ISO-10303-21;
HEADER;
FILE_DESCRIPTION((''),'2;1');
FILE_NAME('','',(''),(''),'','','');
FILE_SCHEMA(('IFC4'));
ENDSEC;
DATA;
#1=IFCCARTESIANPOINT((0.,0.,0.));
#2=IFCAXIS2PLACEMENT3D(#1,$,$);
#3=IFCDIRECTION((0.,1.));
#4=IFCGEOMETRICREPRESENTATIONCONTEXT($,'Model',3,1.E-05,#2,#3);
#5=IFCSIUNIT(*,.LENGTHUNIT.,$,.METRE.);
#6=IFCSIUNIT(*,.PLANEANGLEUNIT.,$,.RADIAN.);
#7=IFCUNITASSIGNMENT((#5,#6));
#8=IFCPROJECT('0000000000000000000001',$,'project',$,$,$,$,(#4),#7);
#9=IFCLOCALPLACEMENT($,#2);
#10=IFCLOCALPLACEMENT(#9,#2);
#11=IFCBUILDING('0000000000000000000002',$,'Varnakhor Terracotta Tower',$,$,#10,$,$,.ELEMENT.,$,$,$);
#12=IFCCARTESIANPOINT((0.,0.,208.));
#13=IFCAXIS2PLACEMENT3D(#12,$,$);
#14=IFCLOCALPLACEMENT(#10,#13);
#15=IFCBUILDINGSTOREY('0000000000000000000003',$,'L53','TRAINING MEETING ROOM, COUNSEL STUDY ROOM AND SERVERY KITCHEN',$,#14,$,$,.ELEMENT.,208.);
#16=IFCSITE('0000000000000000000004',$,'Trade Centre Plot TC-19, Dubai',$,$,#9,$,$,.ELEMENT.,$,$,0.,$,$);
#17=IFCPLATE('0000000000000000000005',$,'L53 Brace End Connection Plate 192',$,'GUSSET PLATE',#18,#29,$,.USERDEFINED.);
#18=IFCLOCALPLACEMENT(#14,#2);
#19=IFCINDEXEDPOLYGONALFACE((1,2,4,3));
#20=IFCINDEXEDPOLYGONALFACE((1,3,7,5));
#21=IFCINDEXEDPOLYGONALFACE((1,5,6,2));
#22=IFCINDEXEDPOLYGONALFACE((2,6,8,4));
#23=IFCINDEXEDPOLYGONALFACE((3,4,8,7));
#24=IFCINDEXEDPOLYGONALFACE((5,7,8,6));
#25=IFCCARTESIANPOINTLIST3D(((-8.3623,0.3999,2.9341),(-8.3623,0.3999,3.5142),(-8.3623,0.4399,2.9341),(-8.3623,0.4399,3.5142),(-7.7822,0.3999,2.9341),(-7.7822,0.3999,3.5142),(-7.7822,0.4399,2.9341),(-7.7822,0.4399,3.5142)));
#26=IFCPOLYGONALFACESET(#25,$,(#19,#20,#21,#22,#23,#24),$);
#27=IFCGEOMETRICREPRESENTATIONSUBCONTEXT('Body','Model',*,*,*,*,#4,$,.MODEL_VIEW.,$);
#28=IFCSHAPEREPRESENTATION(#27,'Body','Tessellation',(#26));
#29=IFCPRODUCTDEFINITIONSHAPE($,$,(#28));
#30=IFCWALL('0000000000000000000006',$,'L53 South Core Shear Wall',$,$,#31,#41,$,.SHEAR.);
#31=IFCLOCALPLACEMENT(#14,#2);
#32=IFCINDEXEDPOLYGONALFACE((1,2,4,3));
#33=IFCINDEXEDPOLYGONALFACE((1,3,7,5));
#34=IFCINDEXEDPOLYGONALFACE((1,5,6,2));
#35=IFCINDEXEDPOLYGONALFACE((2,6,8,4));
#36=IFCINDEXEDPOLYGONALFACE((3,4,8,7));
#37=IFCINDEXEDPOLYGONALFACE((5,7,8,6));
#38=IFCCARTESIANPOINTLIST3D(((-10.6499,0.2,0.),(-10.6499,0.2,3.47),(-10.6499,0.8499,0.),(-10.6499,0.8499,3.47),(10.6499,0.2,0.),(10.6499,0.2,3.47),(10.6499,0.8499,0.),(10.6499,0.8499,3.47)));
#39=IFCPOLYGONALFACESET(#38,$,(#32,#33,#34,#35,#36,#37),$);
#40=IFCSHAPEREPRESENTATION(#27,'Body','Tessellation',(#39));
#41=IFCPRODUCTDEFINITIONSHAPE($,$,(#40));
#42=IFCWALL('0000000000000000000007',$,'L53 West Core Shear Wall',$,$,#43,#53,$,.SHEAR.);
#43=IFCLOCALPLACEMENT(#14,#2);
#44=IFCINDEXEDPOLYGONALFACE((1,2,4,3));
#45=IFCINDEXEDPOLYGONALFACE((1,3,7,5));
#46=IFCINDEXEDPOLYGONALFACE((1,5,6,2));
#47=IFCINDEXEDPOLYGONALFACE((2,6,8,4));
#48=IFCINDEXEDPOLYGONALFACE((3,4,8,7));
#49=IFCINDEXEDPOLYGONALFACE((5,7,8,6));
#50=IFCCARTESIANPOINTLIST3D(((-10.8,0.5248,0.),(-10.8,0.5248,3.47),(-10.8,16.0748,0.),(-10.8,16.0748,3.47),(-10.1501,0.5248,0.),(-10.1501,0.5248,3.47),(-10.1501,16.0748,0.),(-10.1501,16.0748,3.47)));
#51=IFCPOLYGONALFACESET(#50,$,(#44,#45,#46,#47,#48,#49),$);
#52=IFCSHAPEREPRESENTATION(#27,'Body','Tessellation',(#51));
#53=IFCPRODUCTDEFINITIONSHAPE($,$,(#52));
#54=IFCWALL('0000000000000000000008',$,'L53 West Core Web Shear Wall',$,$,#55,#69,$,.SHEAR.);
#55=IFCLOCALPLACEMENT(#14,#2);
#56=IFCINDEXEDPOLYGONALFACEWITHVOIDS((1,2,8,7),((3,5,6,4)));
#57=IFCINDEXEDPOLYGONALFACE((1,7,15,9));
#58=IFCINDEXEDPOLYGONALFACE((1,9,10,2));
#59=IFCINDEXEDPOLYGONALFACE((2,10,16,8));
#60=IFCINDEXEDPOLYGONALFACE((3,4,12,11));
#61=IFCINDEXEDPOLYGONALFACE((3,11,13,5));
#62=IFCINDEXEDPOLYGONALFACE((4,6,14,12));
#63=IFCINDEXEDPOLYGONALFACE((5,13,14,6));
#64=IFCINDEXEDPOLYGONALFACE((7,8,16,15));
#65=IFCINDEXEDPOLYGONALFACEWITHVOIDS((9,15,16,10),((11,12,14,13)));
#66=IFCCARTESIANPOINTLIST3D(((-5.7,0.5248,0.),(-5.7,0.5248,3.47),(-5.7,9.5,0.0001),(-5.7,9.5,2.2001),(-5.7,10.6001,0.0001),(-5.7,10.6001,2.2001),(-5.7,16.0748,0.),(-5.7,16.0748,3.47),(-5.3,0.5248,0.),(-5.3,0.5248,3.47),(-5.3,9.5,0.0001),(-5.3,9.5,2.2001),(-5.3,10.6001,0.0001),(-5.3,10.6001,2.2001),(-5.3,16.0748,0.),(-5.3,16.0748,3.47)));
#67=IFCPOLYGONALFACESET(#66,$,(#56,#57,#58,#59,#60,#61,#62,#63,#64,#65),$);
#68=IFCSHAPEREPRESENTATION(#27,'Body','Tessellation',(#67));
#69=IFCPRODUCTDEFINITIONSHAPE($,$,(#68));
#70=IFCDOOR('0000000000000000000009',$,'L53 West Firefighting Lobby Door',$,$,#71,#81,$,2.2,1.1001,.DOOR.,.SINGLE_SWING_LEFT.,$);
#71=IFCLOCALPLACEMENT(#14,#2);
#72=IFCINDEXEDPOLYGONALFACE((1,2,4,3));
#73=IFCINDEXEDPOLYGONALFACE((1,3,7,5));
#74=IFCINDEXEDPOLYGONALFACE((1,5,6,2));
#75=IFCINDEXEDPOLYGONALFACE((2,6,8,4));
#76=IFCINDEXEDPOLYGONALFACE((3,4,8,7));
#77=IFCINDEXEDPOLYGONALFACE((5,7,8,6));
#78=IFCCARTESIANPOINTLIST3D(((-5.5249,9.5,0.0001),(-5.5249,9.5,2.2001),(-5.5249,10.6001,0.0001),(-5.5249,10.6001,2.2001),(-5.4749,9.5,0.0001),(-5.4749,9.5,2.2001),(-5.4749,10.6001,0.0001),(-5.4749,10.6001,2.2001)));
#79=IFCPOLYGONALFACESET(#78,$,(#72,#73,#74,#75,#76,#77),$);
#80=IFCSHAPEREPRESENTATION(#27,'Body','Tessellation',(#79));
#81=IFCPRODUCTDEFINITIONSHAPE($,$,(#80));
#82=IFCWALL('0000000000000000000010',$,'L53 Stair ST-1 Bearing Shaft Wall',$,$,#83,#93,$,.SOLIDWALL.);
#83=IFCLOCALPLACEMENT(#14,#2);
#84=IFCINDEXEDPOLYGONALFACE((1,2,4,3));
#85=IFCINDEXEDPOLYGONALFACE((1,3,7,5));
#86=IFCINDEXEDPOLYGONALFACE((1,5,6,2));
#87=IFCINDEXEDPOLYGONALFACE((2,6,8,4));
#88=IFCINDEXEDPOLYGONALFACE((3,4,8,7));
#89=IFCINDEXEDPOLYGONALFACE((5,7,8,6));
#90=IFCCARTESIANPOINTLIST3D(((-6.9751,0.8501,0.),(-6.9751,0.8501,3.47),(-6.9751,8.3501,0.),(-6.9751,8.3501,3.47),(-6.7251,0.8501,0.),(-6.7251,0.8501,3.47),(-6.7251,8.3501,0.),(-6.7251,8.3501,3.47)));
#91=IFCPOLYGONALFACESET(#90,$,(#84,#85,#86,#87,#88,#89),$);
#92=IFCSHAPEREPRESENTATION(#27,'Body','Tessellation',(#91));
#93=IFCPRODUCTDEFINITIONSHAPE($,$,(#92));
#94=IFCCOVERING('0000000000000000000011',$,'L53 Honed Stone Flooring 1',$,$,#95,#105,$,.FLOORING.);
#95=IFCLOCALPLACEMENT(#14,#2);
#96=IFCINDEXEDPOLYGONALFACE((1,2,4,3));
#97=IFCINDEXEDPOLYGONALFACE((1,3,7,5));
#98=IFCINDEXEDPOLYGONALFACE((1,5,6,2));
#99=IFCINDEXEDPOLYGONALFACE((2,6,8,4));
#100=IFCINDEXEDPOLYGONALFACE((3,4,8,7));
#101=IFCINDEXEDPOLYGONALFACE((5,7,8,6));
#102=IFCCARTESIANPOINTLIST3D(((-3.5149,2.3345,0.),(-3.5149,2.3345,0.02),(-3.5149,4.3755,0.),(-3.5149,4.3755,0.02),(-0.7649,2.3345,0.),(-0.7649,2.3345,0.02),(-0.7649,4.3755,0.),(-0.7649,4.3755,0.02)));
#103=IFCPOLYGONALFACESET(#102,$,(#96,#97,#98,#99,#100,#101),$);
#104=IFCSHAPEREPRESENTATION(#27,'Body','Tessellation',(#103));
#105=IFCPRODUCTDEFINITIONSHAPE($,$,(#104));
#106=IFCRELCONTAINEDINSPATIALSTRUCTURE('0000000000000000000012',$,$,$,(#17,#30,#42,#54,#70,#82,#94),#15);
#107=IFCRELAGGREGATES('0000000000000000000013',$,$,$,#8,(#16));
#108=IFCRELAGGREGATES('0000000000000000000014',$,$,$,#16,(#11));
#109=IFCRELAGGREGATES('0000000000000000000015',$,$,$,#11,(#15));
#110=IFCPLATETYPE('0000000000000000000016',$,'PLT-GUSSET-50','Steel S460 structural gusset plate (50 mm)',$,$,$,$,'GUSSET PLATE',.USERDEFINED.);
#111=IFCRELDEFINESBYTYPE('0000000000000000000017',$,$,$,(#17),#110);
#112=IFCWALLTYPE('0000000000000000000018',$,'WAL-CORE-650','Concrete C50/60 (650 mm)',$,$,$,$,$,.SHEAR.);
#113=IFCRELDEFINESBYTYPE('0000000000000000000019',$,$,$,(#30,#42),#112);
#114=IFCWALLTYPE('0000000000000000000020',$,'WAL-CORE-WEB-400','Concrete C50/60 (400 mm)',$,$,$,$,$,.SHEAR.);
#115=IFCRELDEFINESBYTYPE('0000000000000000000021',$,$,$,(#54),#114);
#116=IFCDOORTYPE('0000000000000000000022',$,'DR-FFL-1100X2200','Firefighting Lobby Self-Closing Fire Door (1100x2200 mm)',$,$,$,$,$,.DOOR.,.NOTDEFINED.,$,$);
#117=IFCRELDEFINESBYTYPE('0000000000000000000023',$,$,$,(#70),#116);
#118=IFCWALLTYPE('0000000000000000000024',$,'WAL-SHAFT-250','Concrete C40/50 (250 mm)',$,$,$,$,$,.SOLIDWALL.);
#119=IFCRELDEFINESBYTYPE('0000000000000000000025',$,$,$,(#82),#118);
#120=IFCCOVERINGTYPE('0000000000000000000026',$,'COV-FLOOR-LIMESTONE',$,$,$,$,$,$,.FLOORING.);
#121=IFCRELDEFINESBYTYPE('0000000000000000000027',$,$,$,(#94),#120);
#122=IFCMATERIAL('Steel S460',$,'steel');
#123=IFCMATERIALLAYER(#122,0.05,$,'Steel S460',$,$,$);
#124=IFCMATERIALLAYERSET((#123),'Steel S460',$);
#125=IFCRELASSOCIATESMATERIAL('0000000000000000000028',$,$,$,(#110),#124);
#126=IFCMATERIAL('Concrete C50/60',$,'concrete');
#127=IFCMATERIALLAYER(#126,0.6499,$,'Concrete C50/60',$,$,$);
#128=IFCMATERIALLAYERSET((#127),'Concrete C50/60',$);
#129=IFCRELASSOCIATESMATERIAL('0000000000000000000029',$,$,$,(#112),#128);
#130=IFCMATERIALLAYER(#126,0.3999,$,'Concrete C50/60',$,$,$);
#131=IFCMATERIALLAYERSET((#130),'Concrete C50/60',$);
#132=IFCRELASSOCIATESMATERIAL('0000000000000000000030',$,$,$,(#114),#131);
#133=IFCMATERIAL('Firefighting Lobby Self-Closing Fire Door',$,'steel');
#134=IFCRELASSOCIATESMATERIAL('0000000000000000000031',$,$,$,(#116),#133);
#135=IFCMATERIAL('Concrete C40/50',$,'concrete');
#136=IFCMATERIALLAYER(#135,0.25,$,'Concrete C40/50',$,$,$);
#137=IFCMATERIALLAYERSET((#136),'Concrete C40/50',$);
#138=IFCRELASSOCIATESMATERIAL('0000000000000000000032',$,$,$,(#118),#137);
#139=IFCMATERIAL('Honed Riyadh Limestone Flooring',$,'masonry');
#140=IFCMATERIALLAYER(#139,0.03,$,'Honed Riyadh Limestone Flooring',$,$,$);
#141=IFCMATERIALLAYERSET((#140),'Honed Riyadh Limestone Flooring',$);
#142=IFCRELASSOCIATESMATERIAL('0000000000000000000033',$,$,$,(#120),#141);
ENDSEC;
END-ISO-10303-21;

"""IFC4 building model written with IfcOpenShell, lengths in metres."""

from ifc_helpers import new_model, si_unit, direction, frame, frame_2d, origin, origin_2d, place, context, subcontext, project, spatial, rectangle, extrude, source, transform, mapped, material, layer, layer_set, type_object, type_shapes, element, fill, save


model = new_model("IFC4")

# Units and contexts
model_context = context("Model", 3, precision=1e-05, world=origin(), true_north=direction((0.0, 1.0)))
body_context = subcontext(model_context, "Body", "Model", "MODEL_VIEW")
ifc_project = project(units=[si_unit("LENGTHUNIT", "METRE"), si_unit("PLANEANGLEUNIT", "RADIAN")], contexts=[model_context])

# Site, building, storey
site_placement = place(None, origin())
site = spatial("IfcSite", under=ifc_project, at=site_placement, Name="Trade Centre Plot TC-19, Dubai", CompositionType="ELEMENT", RefElevation=0.0)
building_placement = place(site_placement, origin())
building = spatial("IfcBuilding", under=site, at=building_placement, Name="Varnakhor Terracotta Tower", CompositionType="ELEMENT")
storey_placement = place(building_placement, frame((0.0, 0.0, 208.0)))
storey = spatial("IfcBuildingStorey", under=building, at=storey_placement, Name="L53", Description="TRAINING MEETING ROOM, COUNSEL STUDY ROOM AND SERVERY KITCHEN", CompositionType="ELEMENT", Elevation=208.0)

# Shared definitions
ifc_material_1 = material(Name="Concrete C50/60", Category="concrete")

# Shared definitions
ifc_material_2 = material(Name="Steel S460", Category="steel")

# Plate
ifc_layer_1 = layer(ifc_material_2, 0.05, Name="Steel S460")
ifc_layer_set_1 = layer_set([ifc_layer_1], Name="Steel S460")
plate_type = type_object("IfcPlateType", Name="PLT-GUSSET-50", Description="Steel S460 structural gusset plate (50 mm)", ElementType="GUSSET PLATE", PredefinedType="USERDEFINED", material=ifc_layer_set_1)
shared_shape_1 = source(origin(), body_context, "Body", "SweptSolid", [
    extrude(rectangle(XDim=0.5801, YDim=0.04, at=origin_2d()), origin(), (0.0, 0.0, 1.0), 0.5801),
])
plate_placement = place(storey_placement, frame((-8.0723, 0.4199, 2.9341), z_axis=(0.0, 0.0, 1.0), x_axis=(1.0, 0.0, 0.0)))
element("IfcPlate", 1, at=plate_placement, inside=storey, type_object=plate_type, Name="L53 Brace End Connection Plate 192", ObjectType="GUSSET PLATE", PredefinedType="USERDEFINED", context=body_context, shape_type="MappedRepresentation", body=[
    mapped(shared_shape_1, transform((0.0, 0.0, 0.0), scale=1.0)),
])

# Walls
ifc_layer_2 = layer(ifc_material_1, 0.6499, Name="Concrete C50/60")
ifc_layer_set_2 = layer_set([ifc_layer_2], Name="Concrete C50/60")
wall_type_1 = type_object("IfcWallType", Name="WAL-CORE-650", Description="Concrete C50/60 (650 mm)", PredefinedType="SHEAR", material=ifc_layer_set_2)
wall_1_placement = place(storey_placement, frame((-10.6499, 0.5249, 0.0), z_axis=(0.0, 0.0, 1.0), x_axis=(1.0, 0.0, 0.0)))
element("IfcWall", 2, at=wall_1_placement, inside=storey, type_object=wall_type_1, Name="L53 South Core Shear Wall", PredefinedType="SHEAR", context=body_context, shape_type="SweptSolid", body=[
    extrude(rectangle(XDim=21.2998, YDim=0.6499, at=frame_2d((10.6499, 0.0))), origin(), (0.0, 0.0, 1.0), 3.47),
])
wall_2_placement = place(storey_placement, frame((-10.4751, 0.5249, 0.0), z_axis=(0.0, 0.0, 1.0), x_axis=(0.0, 1.0, 0.0)))
element("IfcWall", 3, at=wall_2_placement, inside=storey, type_object=wall_type_1, Name="L53 West Core Shear Wall", PredefinedType="SHEAR", context=body_context, shape_type="SweptSolid", body=[
    extrude(rectangle(XDim=15.55, YDim=0.6499, at=frame_2d((7.7749, 0.0))), origin(), (0.0, 0.0, 1.0), 3.47),
])

# Wall, opening, door
ifc_layer_3 = layer(ifc_material_1, 0.3999, Name="Concrete C50/60")
ifc_layer_set_3 = layer_set([ifc_layer_3], Name="Concrete C50/60")
wall_type_2 = type_object("IfcWallType", Name="WAL-CORE-WEB-400", Description="Concrete C50/60 (400 mm)", PredefinedType="SHEAR", material=ifc_layer_set_3)
wall_3_placement = place(storey_placement, frame((-5.5, 0.5249, 0.0), z_axis=(0.0, 0.0, 1.0), x_axis=(0.0, 1.0, 0.0)))
wall_3 = element("IfcWall", 4, at=wall_3_placement, inside=storey, type_object=wall_type_2, Name="L53 West Core Web Shear Wall", PredefinedType="SHEAR", context=body_context, shape_type="SweptSolid", body=[
    extrude(rectangle(XDim=15.55, YDim=0.3999, at=frame_2d((7.7749, 0.0))), origin(), (0.0, 0.0, 1.0), 3.47),
])
opening_placement = place(wall_3_placement, frame((8.9751, 0.0, 0.0)))
opening = element("IfcOpeningElement", 5, at=opening_placement, cuts=wall_3, PredefinedType="OPENING", context=body_context, shape_type="SweptSolid", body=[
    extrude(rectangle(XDim=1.1001, YDim=2.2, at=frame_2d((0.55, 1.1001))), frame((0.0, 0.21, 0.0), z_axis=(0.0, -1.0, 0.0), x_axis=(1.0, 0.0, 0.0)), (0.0, 0.0, 1.0), 0.4199),
])
ifc_material_3 = material(Name="Firefighting Lobby Self-Closing Fire Door", Category="steel")
door_type = type_object("IfcDoorType", Name="DR-FFL-1100X2200", Description="Firefighting Lobby Self-Closing Fire Door (1100x2200 mm)", OperationType="NOTDEFINED", PredefinedType="DOOR", material=ifc_material_3)
shared_shape_2 = source(origin(), body_context, "Body", "SweptSolid", [
    extrude(rectangle(XDim=1.1001, YDim=2.2, at=frame_2d((0.55, 1.1001))), frame((0.0, 0.0249, 0.0), z_axis=(0.0, -1.0, 0.0), x_axis=(1.0, 0.0, 0.0)), (0.0, 0.0, 1.0), 0.05),
])
type_shapes(door_type, [shared_shape_2])
door_placement = place(opening_placement, origin())
door = element("IfcDoor", 6, at=door_placement, inside=storey, type_object=door_type, Name="L53 West Firefighting Lobby Door", OperationType="SINGLE_SWING_LEFT", OverallHeight=2.2, OverallWidth=1.1001, PredefinedType="DOOR", context=body_context, shape_type="MappedRepresentation", body=[
    mapped(shared_shape_2, transform((0.0, 0.0, 0.0), scale=1.0)),
])
fill(opening, door)

# Wall
ifc_material_4 = material(Name="Concrete C40/50", Category="concrete")
ifc_layer_4 = layer(ifc_material_4, 0.25, Name="Concrete C40/50")
ifc_layer_set_4 = layer_set([ifc_layer_4], Name="Concrete C40/50")
wall_type_3 = type_object("IfcWallType", Name="WAL-SHAFT-250", Description="Concrete C40/50 (250 mm)", PredefinedType="SOLIDWALL", material=ifc_layer_set_4)
wall_4_placement = place(storey_placement, frame((-6.8501, 0.8501, 0.0), z_axis=(0.0, 0.0, 1.0), x_axis=(0.0, 1.0, 0.0)))
element("IfcWall", 7, at=wall_4_placement, inside=storey, type_object=wall_type_3, Name="L53 Stair ST-1 Bearing Shaft Wall", PredefinedType="SOLIDWALL", context=body_context, shape_type="SweptSolid", body=[
    extrude(rectangle(XDim=7.5, YDim=0.25, at=frame_2d((3.75, 0.0))), origin(), (0.0, 0.0, 1.0), 3.47),
])

# Covering
ifc_material_5 = material(Name="Honed Riyadh Limestone Flooring", Category="masonry")
ifc_layer_5 = layer(ifc_material_5, 0.03, Name="Honed Riyadh Limestone Flooring")
ifc_layer_set_5 = layer_set([ifc_layer_5], Name="Honed Riyadh Limestone Flooring")
covering_type = type_object("IfcCoveringType", Name="COV-FLOOR-LIMESTONE", PredefinedType="FLOORING", material=ifc_layer_set_5)
shared_shape_3 = source(origin(), body_context, "Body", "SweptSolid", [
    extrude(rectangle(XDim=2.75, YDim=2.041, at=origin_2d()), origin(), (0.0, 0.0, 1.0), 0.02),
])
covering_placement = place(storey_placement, frame((-2.1399, 3.355, 0.0), z_axis=(0.0, 0.0, 1.0), x_axis=(1.0, 0.0, 0.0)))
element("IfcCovering", 8, at=covering_placement, inside=storey, type_object=covering_type, Name="L53 Honed Stone Flooring 1", PredefinedType="FLOORING", context=body_context, shape_type="MappedRepresentation", body=[
    mapped(shared_shape_3, transform((0.0, 0.0, 0.0), scale=1.0)),
])

save(model, "model.ifc")
